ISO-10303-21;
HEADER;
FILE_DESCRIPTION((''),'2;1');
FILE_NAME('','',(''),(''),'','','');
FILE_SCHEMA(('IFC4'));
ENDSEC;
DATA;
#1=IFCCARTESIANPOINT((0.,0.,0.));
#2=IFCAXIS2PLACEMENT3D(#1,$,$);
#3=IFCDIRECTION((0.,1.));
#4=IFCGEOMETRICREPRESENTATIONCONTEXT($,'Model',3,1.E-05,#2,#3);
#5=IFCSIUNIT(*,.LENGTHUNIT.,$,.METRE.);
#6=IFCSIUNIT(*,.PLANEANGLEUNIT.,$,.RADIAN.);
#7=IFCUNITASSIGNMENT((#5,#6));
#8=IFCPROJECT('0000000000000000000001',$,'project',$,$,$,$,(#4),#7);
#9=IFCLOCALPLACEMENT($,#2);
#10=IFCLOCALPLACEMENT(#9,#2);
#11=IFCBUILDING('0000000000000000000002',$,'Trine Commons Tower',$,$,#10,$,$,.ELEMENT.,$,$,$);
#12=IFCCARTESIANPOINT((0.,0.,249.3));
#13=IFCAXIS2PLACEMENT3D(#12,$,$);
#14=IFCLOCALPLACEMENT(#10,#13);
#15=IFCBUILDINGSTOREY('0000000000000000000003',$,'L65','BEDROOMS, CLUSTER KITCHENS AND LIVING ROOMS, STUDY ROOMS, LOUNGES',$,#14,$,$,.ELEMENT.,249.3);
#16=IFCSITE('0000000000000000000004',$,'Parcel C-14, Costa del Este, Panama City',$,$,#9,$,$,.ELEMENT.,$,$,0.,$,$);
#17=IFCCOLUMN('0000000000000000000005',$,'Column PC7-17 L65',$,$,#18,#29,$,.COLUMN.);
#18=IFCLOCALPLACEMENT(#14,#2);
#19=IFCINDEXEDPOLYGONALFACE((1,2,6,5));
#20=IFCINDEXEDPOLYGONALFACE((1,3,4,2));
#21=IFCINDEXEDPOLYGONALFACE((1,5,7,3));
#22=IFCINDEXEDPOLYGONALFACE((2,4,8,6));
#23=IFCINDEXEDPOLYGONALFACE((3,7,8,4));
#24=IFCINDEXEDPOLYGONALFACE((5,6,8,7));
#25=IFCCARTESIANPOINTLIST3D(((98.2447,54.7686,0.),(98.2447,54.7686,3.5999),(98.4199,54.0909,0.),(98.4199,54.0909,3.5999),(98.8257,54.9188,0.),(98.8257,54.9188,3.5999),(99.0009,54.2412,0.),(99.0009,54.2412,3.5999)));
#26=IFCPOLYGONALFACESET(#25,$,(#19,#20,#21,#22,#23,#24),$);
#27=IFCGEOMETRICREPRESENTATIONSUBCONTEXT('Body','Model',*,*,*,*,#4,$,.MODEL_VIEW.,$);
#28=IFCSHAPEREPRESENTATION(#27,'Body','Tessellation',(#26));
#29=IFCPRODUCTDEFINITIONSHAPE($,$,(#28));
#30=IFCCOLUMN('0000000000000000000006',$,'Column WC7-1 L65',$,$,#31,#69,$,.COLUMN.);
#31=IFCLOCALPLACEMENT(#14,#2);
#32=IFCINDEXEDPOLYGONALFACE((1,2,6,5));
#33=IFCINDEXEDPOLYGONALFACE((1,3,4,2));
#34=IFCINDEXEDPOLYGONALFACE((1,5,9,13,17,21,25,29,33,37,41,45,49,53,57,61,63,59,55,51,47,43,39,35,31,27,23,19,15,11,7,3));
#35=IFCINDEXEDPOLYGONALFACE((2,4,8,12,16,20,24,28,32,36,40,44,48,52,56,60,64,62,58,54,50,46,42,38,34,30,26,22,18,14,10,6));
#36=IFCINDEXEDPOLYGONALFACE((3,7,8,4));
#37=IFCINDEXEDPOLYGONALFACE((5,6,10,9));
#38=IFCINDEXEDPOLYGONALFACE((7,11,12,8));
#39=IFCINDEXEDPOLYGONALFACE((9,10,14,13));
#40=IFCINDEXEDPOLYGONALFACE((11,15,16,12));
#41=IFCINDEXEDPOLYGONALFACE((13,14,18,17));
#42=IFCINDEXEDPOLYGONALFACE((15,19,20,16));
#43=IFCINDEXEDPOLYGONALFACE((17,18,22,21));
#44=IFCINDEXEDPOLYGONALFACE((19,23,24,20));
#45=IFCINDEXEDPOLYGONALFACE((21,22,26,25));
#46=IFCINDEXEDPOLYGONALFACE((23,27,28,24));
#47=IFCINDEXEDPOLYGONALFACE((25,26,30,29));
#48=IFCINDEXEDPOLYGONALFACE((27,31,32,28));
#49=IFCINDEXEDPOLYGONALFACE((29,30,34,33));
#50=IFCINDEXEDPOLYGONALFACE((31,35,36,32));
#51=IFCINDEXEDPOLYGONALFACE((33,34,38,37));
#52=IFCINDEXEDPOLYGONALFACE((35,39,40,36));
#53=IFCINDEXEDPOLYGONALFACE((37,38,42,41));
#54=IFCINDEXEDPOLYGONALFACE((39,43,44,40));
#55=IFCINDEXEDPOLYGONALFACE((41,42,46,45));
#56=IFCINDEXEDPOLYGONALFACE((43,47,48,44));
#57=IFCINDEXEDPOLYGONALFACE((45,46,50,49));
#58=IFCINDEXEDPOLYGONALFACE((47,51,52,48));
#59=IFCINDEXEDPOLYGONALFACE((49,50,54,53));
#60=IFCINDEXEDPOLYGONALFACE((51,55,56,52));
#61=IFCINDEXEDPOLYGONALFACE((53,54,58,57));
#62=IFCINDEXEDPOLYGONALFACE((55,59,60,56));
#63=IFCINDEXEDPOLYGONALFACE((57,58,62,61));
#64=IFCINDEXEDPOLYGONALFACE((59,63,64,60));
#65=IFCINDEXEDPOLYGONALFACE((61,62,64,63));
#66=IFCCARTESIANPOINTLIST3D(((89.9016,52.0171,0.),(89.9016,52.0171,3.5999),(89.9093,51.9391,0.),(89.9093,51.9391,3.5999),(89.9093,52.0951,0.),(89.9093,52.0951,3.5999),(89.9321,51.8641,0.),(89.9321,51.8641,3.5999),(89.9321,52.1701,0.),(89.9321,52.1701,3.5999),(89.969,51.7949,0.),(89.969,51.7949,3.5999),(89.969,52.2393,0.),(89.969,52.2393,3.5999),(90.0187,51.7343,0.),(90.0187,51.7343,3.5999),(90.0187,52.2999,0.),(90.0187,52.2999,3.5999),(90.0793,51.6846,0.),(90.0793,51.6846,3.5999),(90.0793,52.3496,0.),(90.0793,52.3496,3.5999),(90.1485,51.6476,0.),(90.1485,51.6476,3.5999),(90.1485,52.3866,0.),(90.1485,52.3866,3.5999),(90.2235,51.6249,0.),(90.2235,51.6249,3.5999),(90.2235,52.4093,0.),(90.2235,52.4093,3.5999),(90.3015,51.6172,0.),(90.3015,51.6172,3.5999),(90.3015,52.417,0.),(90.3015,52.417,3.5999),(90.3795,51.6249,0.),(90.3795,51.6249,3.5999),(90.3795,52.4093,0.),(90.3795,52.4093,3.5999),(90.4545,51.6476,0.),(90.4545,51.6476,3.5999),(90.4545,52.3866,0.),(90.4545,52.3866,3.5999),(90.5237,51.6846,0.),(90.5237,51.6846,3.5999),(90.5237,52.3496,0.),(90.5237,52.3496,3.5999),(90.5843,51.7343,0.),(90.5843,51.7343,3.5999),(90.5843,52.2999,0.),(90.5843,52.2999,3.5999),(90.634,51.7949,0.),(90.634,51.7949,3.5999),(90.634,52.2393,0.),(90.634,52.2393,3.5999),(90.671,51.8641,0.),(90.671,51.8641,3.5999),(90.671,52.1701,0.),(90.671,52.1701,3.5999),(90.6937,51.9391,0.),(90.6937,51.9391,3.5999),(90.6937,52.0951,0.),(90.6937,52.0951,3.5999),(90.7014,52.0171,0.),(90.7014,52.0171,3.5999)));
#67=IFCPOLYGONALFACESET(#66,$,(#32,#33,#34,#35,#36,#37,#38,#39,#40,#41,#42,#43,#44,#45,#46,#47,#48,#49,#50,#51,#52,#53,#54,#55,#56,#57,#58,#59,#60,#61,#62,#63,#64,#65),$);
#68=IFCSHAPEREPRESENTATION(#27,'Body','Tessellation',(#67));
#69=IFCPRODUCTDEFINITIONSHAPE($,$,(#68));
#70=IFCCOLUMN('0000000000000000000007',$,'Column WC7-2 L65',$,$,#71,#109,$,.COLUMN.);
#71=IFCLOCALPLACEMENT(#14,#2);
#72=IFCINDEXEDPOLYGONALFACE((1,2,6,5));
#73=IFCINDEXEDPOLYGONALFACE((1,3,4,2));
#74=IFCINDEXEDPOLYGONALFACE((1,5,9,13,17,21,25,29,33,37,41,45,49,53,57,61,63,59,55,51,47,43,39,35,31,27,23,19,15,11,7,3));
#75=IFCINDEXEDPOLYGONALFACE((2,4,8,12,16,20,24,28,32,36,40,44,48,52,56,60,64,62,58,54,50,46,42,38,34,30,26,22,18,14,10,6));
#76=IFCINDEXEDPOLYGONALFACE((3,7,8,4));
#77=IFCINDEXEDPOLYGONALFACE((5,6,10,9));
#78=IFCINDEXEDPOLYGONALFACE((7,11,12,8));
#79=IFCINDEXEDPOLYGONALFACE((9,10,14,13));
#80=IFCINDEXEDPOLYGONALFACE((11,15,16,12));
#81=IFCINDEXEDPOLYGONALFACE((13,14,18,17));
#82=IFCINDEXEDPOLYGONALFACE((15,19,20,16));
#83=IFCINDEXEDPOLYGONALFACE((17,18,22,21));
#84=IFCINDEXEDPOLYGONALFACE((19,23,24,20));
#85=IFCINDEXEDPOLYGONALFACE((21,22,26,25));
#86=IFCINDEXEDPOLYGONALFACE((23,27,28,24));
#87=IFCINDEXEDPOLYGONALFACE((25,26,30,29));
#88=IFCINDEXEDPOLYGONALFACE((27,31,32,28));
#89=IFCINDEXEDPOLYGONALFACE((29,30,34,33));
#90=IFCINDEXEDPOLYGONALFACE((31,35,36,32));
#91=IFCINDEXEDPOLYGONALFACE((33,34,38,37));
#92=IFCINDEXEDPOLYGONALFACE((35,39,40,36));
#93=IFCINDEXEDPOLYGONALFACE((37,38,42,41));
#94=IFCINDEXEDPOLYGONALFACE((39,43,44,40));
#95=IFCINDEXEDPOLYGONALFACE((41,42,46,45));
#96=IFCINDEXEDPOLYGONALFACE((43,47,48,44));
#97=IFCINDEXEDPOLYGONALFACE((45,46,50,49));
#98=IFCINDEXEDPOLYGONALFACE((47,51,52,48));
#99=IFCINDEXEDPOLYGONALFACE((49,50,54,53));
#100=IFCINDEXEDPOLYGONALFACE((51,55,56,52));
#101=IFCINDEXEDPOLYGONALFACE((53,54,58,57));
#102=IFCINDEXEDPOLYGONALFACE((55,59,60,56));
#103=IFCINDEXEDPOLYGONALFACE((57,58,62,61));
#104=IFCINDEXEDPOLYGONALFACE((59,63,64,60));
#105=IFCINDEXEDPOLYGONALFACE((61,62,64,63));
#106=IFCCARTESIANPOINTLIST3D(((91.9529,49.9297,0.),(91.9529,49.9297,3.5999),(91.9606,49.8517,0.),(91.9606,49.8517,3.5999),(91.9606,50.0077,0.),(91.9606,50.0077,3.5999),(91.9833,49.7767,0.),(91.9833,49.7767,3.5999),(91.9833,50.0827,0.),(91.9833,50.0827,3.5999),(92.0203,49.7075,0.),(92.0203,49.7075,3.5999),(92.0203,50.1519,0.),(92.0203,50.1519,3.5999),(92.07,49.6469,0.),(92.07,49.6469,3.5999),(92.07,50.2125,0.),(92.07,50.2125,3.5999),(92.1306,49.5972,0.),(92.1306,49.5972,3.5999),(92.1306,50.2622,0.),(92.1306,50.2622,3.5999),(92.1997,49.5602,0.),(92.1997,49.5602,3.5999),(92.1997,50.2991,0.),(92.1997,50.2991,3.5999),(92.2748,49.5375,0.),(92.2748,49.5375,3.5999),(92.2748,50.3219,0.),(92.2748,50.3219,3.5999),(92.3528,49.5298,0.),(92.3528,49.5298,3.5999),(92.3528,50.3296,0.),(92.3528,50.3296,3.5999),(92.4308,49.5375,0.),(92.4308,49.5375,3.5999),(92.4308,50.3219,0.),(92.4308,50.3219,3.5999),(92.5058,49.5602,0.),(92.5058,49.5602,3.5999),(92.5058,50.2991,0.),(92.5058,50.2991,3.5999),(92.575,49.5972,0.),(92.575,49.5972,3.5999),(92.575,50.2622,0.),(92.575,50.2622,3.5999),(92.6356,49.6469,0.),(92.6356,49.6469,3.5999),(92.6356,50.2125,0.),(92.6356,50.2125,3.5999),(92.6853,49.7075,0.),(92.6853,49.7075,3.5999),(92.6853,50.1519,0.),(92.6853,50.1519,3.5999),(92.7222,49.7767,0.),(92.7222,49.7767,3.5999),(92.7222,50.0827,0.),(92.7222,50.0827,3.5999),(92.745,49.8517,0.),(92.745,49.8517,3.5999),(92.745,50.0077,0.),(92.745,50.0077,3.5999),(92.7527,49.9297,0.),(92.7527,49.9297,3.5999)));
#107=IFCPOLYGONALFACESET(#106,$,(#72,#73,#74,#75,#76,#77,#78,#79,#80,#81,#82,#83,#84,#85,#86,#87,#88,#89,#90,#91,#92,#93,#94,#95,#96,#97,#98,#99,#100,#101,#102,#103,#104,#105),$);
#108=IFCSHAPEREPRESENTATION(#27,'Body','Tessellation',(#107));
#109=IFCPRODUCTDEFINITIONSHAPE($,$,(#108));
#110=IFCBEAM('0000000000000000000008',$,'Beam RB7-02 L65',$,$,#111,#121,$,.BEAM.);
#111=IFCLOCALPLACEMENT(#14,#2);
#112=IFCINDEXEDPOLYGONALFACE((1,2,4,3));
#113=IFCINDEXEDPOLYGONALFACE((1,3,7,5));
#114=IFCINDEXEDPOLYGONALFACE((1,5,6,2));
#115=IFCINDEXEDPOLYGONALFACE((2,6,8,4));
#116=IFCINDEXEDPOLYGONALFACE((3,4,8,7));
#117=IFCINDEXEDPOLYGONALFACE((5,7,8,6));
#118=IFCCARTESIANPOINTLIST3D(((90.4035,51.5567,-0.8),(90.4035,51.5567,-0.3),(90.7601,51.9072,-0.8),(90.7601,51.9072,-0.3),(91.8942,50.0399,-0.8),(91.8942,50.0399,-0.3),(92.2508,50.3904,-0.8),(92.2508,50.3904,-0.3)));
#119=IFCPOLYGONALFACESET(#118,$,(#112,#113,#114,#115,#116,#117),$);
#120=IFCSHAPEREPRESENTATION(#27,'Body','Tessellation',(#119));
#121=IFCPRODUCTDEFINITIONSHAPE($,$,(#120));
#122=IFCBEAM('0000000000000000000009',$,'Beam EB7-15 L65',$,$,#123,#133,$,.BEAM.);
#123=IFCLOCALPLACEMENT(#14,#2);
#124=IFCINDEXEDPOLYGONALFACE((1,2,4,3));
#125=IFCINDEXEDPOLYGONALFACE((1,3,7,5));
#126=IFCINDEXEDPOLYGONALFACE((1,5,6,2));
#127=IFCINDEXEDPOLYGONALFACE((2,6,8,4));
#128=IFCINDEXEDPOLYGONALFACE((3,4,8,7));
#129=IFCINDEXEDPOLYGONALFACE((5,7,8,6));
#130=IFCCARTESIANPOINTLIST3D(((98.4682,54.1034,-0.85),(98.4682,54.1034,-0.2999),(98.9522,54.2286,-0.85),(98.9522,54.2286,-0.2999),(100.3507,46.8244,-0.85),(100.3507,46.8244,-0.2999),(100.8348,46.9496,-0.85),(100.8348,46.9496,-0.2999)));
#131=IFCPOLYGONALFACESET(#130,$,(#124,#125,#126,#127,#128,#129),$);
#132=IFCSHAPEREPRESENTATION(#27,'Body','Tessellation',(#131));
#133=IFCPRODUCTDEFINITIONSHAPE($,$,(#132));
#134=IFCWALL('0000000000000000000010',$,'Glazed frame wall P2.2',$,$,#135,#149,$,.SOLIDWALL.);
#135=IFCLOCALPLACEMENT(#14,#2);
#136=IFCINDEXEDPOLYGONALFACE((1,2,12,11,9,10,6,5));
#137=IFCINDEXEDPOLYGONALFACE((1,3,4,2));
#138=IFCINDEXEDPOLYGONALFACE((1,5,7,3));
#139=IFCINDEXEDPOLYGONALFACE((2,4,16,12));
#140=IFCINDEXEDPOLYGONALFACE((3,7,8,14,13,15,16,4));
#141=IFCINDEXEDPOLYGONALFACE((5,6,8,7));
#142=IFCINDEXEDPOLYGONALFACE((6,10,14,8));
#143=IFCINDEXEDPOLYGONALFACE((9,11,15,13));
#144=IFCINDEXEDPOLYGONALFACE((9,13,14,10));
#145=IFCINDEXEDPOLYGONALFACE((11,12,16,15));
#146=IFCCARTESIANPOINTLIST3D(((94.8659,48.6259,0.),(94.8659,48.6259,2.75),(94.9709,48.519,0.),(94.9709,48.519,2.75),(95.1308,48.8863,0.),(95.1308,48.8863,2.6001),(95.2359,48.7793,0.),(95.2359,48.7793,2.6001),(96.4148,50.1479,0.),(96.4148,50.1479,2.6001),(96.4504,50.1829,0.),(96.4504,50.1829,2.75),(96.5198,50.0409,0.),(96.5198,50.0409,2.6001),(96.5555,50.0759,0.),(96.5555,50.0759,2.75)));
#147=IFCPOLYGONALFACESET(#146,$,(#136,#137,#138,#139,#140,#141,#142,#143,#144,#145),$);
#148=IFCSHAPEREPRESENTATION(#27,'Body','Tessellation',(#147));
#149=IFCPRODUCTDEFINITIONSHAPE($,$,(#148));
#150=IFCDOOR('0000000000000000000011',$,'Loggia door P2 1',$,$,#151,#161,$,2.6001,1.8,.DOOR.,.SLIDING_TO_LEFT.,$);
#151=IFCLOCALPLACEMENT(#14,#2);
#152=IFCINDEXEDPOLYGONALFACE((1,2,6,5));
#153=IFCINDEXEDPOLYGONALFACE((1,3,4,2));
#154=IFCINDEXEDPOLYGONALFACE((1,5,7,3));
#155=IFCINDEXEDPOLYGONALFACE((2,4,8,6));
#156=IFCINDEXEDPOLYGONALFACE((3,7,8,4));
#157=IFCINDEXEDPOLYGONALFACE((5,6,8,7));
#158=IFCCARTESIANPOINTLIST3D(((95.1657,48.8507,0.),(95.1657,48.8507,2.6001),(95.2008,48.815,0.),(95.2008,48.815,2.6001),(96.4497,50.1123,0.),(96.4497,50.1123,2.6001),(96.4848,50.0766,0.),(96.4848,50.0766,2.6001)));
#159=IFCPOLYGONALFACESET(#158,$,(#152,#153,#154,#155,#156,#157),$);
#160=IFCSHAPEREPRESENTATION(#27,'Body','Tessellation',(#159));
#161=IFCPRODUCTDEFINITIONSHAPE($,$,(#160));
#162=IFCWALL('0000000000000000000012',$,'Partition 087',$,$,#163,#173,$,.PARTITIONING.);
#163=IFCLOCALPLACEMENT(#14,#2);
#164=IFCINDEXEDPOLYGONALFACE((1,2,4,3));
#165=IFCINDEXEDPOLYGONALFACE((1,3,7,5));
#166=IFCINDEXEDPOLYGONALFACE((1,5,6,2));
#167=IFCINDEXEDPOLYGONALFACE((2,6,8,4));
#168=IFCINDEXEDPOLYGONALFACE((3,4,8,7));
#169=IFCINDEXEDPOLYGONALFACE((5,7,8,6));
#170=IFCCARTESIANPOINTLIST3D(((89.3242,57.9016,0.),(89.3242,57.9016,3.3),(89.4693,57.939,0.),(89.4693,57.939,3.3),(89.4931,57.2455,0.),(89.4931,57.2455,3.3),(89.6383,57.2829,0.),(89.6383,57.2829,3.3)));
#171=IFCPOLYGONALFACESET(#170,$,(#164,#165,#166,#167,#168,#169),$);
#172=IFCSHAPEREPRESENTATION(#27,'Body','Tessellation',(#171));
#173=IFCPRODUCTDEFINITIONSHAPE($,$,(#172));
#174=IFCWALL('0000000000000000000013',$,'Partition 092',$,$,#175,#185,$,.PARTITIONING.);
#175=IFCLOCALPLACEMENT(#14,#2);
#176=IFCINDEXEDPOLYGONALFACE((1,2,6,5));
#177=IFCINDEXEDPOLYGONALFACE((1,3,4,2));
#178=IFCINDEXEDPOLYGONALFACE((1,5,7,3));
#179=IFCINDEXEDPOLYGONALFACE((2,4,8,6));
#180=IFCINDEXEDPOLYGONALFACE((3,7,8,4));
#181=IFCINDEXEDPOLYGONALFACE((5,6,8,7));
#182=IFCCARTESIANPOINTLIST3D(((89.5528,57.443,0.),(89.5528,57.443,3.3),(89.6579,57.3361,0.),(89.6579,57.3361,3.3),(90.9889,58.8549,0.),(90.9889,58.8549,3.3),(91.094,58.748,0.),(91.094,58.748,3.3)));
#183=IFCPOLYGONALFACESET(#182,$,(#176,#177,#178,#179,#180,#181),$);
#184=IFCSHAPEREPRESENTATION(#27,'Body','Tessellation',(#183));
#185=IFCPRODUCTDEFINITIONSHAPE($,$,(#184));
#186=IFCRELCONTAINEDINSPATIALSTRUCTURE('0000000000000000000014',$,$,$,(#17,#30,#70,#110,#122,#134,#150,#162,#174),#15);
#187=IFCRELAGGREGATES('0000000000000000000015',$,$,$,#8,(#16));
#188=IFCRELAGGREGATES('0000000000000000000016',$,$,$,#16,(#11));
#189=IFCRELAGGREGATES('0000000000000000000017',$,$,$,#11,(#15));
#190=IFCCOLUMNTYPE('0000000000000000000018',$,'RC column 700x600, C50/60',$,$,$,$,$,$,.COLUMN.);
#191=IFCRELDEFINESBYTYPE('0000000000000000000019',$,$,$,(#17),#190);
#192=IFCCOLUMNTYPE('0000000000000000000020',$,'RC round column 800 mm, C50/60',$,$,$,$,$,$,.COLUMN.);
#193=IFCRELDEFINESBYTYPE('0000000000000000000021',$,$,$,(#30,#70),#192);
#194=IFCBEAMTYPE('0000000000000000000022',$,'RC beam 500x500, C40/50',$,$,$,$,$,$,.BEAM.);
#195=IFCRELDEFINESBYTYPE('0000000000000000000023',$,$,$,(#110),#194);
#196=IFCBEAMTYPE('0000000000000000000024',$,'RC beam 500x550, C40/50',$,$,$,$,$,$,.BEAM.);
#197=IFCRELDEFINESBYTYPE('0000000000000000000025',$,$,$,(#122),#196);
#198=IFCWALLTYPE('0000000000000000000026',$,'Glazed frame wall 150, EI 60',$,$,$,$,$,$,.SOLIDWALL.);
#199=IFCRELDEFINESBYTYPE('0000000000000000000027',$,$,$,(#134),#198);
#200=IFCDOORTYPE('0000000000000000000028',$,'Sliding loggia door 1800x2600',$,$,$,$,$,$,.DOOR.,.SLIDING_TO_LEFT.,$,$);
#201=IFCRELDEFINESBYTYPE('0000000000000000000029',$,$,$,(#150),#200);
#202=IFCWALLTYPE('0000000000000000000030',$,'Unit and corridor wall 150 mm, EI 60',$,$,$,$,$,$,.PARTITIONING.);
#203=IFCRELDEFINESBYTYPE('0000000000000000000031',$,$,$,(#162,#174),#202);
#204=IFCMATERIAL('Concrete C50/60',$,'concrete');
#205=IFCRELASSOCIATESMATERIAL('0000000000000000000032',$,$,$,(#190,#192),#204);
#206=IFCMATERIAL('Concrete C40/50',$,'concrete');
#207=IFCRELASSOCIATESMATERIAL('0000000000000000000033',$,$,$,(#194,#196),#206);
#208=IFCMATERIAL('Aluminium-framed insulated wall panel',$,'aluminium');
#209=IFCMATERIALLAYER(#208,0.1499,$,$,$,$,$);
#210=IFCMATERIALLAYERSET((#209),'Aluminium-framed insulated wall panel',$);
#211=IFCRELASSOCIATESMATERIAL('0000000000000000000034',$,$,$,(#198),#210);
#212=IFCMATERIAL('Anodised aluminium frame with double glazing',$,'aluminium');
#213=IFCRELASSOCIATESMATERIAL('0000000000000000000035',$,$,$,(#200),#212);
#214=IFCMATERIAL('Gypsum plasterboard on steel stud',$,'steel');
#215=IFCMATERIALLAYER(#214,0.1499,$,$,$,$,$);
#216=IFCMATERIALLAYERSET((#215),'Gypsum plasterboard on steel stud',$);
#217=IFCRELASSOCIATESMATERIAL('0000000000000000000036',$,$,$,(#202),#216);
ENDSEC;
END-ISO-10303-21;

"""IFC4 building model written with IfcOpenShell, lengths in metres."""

from ifc_helpers import new_model, si_unit, direction, frame, frame_2d, origin, origin_2d, place, context, subcontext, project, spatial, polyline, rectangle, circle, outline, extrude, material, layer, layer_set, material_profile, profile_set, type_object, element, fill, save


model = new_model("IFC4")

# Units and contexts
model_context = context("Model", 3, precision=1e-05, world=origin(), true_north=direction((0.0, 1.0)))
body_context = subcontext(model_context, "Body", "Model", "MODEL_VIEW")
ifc_project = project(units=[si_unit("LENGTHUNIT", "METRE"), si_unit("PLANEANGLEUNIT", "RADIAN")], contexts=[model_context])

# Site, building, storey
site_placement = place(None, origin())
site = spatial("IfcSite", under=ifc_project, at=site_placement, Name="Parcel C-14, Costa del Este, Panama City", CompositionType="ELEMENT", RefElevation=0.0)
building_placement = place(site_placement, origin())
building = spatial("IfcBuilding", under=site, at=building_placement, Name="Trine Commons Tower", CompositionType="ELEMENT")
storey_placement = place(building_placement, frame((0.0, 0.0, 249.3)))
storey = spatial("IfcBuildingStorey", under=building, at=storey_placement, Name="L65", Description="BEDROOMS, CLUSTER KITCHENS AND LIVING ROOMS, STUDY ROOMS, LOUNGES", CompositionType="ELEMENT", Elevation=249.3)

# Columns
ifc_material_1 = material(Name="Concrete C50/60", Category="concrete")
ifc_material_profile_1 = material_profile(ifc_material_1, rectangle(XDim=0.7, YDim=0.6001, at=origin_2d()), Name="RC 700x600")
ifc_profile_set_1 = profile_set([ifc_material_profile_1], Name="Concrete C50/60")
column_type_1 = type_object("IfcColumnType", Name="RC column 700x600, C50/60", PredefinedType="COLUMN", material=ifc_profile_set_1)
column_placement = place(storey_placement, frame((98.6228, 54.5049, 0.0), z_axis=(0.0, 0.0, 1.0), x_axis=(-0.25038, 0.968148, 0.0)))
element("IfcColumn", 1, at=column_placement, inside=storey, type_object=column_type_1, Name="Column PC7-17 L65", PredefinedType="COLUMN", context=body_context, shape_type="SweptSolid", body=[
    extrude(rectangle(XDim=0.7, YDim=0.6001, at=origin_2d()), origin(), (0.0, 0.0, 1.0), 3.5999),
])
ifc_material_profile_2 = material_profile(ifc_material_1, circle(Radius=0.3999, at=origin_2d()), Name="RC round 800")
ifc_profile_set_2 = profile_set([ifc_material_profile_2], Name="Concrete C50/60")
column_type_2 = type_object("IfcColumnType", Name="RC round column 800 mm, C50/60", PredefinedType="COLUMN", material=ifc_profile_set_2)
for number, where, z_axis, x_axis, name in (
    (2, (90.3015, 52.0171, 0.0), (0.0, 0.0, 1.0), (1.0, 0.0, 0.0), "Column WC7-1 L65"),
    (3, (92.3528, 49.9297, 0.0), (0.0, 0.0, 1.0), (1.0, 0.0, 0.0), "Column WC7-2 L65"),
):
    element("IfcColumn", number, at=place(storey_placement, frame(where, z_axis=z_axis, x_axis=x_axis)), inside=storey, type_object=column_type_2, Name=name, PredefinedType="COLUMN", context=body_context, shape_type="SweptSolid", body=[
        extrude(circle(Radius=0.3999, at=origin_2d()), origin(), (0.0, 0.0, 1.0), 3.5999),
    ])

# Beams
ifc_material_2 = material(Name="Concrete C40/50", Category="concrete")
ifc_material_profile_3 = material_profile(ifc_material_2, rectangle(XDim=0.5, YDim=0.5, at=origin_2d()), Name="RC 500x500")
ifc_profile_set_3 = profile_set([ifc_material_profile_3], Name="Concrete C40/50")
beam_type_1 = type_object("IfcBeamType", Name="RC beam 500x500, C40/50", PredefinedType="BEAM", material=ifc_profile_set_3)
beam_1_placement = place(storey_placement, frame((90.5818, 51.7319, -0.55), z_axis=(0.700939, -0.713222, 0.0), x_axis=(0.713222, 0.700939, 0.0)))
element("IfcBeam", 4, at=beam_1_placement, inside=storey, type_object=beam_type_1, Name="Beam RB7-02 L65", PredefinedType="BEAM", context=body_context, shape_type="SweptSolid", body=[
    extrude(rectangle(XDim=0.5, YDim=0.5, at=origin_2d()), origin(), (0.0, 0.0, 1.0), 2.1267),
])
ifc_material_profile_4 = material_profile(ifc_material_2, rectangle(XDim=0.5, YDim=0.55, at=origin_2d()), Name="RC 500x550")
ifc_profile_set_4 = profile_set([ifc_material_profile_4], Name="Concrete C40/50")
beam_type_2 = type_object("IfcBeamType", Name="RC beam 500x550, C40/50", PredefinedType="BEAM", material=ifc_profile_set_4)
beam_2_placement = place(storey_placement, frame((98.7102, 54.166, -0.575), z_axis=(0.25039, -0.968145, 0.0), x_axis=(0.968145, 0.25039, 0.0)))
element("IfcBeam", 5, at=beam_2_placement, inside=storey, type_object=beam_type_2, Name="Beam EB7-15 L65", PredefinedType="BEAM", context=body_context, shape_type="SweptSolid", body=[
    extrude(rectangle(XDim=0.5, YDim=0.55, at=origin_2d()), origin(), (0.0, 0.0, 1.0), 7.5186),
])

# Shared definitions
ifc_material_3 = material(Name="Aluminium-framed insulated wall panel", Category="aluminium")
ifc_layer_1 = layer(ifc_material_3, 0.1499)
ifc_layer_set_1 = layer_set([ifc_layer_1], Name="Aluminium-framed insulated wall panel")
wall_type_1 = type_object("IfcWallType", Name="Glazed frame wall 150, EI 60", PredefinedType="SOLIDWALL", material=ifc_layer_set_1)

# Wall, opening, door
wall_1_placement = place(storey_placement, frame((96.5029, 50.1294, 0.0), z_axis=(0.0, 0.0, 1.0), x_axis=(-0.713289, -0.70087, 0.0)))
wall_1 = element("IfcWall", 6, at=wall_1_placement, inside=storey, type_object=wall_type_1, Name="Glazed frame wall P2.2", PredefinedType="SOLIDWALL", context=body_context, shape_type="SweptSolid", body=[
    extrude(outline(polyline([(0.0, -0.075), (2.2214, -0.075), (2.2214, 0.075), (0.0, 0.075), (0.0, -0.075)])), origin(), (0.0, 0.0, 1.0), 2.75),
])
opening_1_placement = place(wall_1_placement, frame((0.05, 0.0, 0.0)))
opening_1 = element("IfcOpeningElement", 7, at=opening_1_placement, cuts=wall_1, PredefinedType="OPENING", context=body_context, shape_type="SweptSolid", body=[
    extrude(rectangle(XDim=1.8, YDim=2.6001, at=frame_2d((0.8999, 1.3))), frame((0.0, 0.085, 0.0), z_axis=(0.0, -1.0, 0.0), x_axis=(1.0, 0.0, 0.0)), (0.0, 0.0, 1.0), 0.1699),
])
ifc_material_4 = material(Name="Anodised aluminium frame with double glazing", Category="aluminium")
door_type_1 = type_object("IfcDoorType", Name="Sliding loggia door 1800x2600", OperationType="SLIDING_TO_LEFT", PredefinedType="DOOR", material=ifc_material_4)
door_1_placement = place(opening_1_placement, origin())
door_1 = element("IfcDoor", 8, at=door_1_placement, inside=storey, type_object=door_type_1, Name="Loggia door P2 1", OperationType="SLIDING_TO_LEFT", OverallHeight=2.6001, OverallWidth=1.8, PredefinedType="DOOR", context=body_context, shape_type="SweptSolid", body=[
    extrude(rectangle(XDim=1.8, YDim=2.6001, at=frame_2d((0.8999, 1.3))), frame((0.0, 0.0249, 0.0), z_axis=(0.0, -1.0, 0.0), x_axis=(1.0, 0.0, 0.0)), (0.0, 0.0, 1.0), 0.05),
])
fill(opening_1, door_1)

# Walls
ifc_material_5 = material(Name="Gypsum plasterboard on steel stud", Category="steel")
ifc_layer_2 = layer(ifc_material_5, 0.1499)
ifc_layer_set_2 = layer_set([ifc_layer_2], Name="Gypsum plasterboard on steel stud")
wall_type_2 = type_object("IfcWallType", Name="Unit and corridor wall 150 mm, EI 60", PredefinedType="PARTITIONING", material=ifc_layer_set_2)
wall_2_placement = place(storey_placement, frame((89.3967, 57.9204, 0.0), z_axis=(0.0, 0.0, 1.0), x_axis=(0.249398, -0.968401, 0.0)))
element("IfcWall", 9, at=wall_2_placement, inside=storey, type_object=wall_type_2, Name="Partition 087", PredefinedType="PARTITIONING", context=body_context, shape_type="SweptSolid", body=[
    extrude(rectangle(XDim=0.6775, YDim=0.1499, at=frame_2d((0.3389, 0.0))), origin(), (0.0, 0.0, 1.0), 3.3),
])
wall_3_placement = place(storey_placement, frame((89.6055, 57.3896, 0.0), z_axis=(0.0, 0.0, 1.0), x_axis=(0.713082, 0.70108, 0.0)))
element("IfcWall", 10, at=wall_3_placement, inside=storey, type_object=wall_type_2, Name="Partition 092", PredefinedType="PARTITIONING", context=body_context, shape_type="SweptSolid", body=[
    extrude(rectangle(XDim=2.0139, YDim=0.1499, at=frame_2d((1.0068, 0.0))), origin(), (0.0, 0.0, 1.0), 3.3),
])

save(model, "model.ifc")
